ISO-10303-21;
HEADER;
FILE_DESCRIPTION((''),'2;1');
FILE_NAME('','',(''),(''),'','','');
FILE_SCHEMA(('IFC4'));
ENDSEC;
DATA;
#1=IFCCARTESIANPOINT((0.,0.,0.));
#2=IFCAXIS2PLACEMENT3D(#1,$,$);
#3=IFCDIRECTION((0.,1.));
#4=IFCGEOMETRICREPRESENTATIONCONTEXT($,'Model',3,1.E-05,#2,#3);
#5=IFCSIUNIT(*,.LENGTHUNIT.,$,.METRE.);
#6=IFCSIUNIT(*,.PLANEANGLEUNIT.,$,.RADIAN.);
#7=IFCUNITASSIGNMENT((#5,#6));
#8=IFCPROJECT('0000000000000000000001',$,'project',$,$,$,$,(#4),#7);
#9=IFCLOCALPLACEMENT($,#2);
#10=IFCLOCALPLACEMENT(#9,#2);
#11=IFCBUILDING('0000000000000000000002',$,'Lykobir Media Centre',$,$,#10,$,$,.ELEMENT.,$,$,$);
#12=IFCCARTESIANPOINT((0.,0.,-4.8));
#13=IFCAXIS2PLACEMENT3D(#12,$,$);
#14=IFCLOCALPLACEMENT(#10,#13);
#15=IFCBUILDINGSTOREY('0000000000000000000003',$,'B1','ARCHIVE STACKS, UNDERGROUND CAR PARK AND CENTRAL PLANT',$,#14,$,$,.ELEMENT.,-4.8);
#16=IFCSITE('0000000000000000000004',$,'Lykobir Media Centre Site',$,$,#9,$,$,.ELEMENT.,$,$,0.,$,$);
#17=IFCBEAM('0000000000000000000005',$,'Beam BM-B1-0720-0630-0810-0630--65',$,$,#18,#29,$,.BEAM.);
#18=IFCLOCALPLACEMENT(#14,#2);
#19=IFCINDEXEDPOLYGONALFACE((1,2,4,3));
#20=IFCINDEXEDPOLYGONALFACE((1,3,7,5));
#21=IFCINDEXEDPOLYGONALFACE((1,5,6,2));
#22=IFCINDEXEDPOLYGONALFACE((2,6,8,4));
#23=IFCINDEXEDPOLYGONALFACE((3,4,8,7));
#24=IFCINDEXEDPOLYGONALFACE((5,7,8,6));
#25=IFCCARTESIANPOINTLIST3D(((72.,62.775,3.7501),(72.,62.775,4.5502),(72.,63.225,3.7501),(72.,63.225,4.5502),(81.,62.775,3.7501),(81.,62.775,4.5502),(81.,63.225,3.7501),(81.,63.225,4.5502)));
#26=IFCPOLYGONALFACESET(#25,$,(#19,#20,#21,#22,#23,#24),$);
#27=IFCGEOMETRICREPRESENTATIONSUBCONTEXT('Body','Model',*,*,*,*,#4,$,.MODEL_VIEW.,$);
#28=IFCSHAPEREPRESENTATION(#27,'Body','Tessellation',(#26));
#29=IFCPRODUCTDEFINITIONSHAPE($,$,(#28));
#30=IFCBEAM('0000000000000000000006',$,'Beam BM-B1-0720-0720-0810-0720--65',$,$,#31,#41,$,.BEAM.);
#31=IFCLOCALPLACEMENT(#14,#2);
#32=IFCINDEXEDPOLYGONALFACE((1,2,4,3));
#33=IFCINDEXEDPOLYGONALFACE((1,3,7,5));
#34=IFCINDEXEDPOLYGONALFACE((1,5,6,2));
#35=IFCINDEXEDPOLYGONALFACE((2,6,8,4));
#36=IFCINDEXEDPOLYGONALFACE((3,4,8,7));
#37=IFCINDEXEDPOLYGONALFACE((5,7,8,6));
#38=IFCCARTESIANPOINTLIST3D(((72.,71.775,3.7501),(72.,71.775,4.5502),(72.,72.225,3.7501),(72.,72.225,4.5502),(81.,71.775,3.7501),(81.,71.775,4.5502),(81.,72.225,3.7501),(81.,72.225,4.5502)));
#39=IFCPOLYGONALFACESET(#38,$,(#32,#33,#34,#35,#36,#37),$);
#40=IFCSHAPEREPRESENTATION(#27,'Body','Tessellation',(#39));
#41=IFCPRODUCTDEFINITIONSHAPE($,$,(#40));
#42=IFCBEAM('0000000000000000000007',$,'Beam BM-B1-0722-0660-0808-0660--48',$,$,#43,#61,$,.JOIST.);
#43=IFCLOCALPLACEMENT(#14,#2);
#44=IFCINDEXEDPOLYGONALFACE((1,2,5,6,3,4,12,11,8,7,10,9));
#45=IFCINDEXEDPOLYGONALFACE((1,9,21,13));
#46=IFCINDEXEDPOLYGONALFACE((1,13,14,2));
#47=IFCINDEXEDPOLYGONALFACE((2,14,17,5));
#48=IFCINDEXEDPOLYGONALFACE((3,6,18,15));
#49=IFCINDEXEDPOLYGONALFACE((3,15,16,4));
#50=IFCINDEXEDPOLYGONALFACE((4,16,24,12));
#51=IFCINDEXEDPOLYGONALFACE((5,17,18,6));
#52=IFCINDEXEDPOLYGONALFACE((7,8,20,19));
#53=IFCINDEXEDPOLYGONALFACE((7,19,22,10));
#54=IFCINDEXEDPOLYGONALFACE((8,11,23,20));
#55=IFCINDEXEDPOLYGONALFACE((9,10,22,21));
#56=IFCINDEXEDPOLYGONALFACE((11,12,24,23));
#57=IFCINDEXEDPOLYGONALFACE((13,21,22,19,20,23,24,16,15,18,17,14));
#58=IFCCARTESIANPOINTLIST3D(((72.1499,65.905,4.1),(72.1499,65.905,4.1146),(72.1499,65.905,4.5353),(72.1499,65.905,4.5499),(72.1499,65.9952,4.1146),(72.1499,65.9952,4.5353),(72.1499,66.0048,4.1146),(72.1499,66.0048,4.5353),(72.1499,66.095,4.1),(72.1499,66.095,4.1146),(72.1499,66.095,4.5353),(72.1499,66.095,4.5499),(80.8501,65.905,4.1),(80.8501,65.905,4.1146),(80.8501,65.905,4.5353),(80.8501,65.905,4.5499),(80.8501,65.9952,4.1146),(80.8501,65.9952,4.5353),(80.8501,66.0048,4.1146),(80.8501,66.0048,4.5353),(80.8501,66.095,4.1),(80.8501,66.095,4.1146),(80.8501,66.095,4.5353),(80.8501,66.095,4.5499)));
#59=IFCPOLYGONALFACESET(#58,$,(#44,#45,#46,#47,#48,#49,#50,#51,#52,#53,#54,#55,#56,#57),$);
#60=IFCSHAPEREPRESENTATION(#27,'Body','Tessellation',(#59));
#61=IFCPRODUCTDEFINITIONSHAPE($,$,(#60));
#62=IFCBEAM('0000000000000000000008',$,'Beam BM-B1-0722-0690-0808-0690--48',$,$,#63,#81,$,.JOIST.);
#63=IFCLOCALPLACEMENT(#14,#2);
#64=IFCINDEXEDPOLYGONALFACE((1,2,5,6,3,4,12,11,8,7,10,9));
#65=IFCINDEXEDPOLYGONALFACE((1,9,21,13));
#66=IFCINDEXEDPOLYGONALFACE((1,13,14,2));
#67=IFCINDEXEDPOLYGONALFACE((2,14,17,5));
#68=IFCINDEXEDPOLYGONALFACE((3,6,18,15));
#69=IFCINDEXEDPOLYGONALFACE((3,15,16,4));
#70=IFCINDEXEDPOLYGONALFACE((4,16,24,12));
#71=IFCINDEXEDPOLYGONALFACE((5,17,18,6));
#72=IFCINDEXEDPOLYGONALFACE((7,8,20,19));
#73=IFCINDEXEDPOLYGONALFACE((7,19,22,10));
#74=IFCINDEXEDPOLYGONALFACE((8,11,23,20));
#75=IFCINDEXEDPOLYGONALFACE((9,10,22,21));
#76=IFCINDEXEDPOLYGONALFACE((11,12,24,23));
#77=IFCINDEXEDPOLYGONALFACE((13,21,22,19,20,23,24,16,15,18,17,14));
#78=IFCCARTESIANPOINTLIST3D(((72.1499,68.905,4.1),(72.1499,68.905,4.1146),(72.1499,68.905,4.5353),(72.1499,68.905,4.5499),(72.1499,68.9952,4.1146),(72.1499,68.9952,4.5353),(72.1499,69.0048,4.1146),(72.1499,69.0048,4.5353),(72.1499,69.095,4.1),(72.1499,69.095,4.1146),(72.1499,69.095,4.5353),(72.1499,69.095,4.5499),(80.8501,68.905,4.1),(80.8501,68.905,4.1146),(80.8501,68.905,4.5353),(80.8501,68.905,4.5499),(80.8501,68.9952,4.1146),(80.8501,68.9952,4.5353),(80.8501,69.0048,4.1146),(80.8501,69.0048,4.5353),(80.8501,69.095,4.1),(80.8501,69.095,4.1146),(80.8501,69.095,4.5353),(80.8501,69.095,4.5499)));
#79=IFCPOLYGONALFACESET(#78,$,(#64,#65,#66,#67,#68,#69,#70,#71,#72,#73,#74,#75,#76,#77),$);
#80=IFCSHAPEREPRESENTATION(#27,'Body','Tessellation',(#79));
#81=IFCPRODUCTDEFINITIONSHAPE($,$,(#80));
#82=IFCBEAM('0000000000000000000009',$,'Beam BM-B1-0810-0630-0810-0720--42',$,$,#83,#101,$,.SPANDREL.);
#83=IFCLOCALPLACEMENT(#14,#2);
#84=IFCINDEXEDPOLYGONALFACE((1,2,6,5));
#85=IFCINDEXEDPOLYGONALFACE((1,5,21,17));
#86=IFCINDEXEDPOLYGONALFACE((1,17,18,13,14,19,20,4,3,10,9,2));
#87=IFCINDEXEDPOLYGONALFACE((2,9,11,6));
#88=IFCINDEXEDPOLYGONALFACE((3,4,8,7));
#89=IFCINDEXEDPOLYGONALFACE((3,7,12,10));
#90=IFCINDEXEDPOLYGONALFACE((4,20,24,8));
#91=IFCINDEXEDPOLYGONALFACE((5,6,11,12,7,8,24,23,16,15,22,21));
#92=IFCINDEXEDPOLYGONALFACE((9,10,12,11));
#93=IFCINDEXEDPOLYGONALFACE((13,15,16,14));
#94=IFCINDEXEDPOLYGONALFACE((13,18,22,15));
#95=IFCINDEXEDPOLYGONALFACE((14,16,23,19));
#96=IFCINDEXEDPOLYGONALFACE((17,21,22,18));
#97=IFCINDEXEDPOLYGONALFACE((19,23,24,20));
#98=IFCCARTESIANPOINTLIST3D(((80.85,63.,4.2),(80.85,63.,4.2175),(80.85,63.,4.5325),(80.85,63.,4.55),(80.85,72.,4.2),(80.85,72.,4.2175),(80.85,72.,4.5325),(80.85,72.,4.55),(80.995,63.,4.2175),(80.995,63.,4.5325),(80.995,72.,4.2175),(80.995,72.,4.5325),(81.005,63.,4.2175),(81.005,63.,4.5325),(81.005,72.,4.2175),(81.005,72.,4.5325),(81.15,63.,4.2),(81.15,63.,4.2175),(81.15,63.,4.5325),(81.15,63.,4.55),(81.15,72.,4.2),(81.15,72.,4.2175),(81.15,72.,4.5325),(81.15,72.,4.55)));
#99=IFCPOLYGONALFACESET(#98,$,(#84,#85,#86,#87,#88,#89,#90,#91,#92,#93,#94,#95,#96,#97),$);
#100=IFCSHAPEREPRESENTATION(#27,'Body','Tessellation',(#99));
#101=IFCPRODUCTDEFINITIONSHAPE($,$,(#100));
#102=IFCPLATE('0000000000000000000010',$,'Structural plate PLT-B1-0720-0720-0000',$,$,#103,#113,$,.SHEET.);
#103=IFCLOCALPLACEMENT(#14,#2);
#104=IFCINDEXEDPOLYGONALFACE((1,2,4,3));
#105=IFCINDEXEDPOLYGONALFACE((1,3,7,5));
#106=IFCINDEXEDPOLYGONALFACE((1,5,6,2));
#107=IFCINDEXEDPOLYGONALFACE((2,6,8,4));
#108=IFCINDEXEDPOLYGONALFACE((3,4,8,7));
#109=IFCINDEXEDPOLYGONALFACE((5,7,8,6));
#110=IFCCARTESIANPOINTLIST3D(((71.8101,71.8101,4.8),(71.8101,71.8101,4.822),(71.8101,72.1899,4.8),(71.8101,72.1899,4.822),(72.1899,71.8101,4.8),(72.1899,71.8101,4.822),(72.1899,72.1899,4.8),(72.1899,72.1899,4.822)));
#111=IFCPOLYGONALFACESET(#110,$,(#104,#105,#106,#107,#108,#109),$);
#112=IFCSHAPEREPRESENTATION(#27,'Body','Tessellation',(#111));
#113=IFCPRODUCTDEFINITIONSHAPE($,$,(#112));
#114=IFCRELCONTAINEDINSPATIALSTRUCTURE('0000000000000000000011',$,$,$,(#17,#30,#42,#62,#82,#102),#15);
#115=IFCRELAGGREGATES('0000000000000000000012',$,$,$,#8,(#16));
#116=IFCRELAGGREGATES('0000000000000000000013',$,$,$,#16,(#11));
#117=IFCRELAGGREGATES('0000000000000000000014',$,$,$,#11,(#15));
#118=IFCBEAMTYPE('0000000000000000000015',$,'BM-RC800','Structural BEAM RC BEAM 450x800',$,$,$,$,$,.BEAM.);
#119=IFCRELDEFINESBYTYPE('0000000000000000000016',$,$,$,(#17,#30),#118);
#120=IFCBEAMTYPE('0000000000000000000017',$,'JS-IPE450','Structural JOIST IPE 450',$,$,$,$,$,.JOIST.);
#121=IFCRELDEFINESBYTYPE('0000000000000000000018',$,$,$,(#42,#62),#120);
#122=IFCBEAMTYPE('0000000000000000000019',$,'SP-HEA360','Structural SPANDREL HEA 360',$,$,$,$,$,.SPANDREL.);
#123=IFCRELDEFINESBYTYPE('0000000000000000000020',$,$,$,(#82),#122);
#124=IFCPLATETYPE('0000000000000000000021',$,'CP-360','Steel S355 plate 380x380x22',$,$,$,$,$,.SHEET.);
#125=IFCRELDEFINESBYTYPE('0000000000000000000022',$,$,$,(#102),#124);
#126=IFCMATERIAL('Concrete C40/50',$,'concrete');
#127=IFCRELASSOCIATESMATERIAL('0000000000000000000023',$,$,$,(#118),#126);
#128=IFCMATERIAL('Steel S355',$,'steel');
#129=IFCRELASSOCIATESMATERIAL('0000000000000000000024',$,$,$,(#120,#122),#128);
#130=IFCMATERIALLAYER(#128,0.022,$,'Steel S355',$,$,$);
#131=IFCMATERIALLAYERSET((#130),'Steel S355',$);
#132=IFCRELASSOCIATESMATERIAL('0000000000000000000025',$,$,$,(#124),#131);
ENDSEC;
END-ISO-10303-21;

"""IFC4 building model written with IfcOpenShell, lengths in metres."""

from ifc_helpers import new_model, si_unit, direction, frame, origin, origin_2d, place, context, subcontext, project, spatial, rectangle, i_section, extrude, material, layer, layer_set, material_profile, profile_set, type_object, element, save


model = new_model("IFC4")

# Units and contexts
model_context = context("Model", 3, precision=1e-05, world=origin(), true_north=direction((0.0, 1.0)))
body_context = subcontext(model_context, "Body", "Model", "MODEL_VIEW")
ifc_project = project(units=[si_unit("LENGTHUNIT", "METRE"), si_unit("PLANEANGLEUNIT", "RADIAN")], contexts=[model_context])

# Site, building, storey
site_placement = place(None, origin())
site = spatial("IfcSite", under=ifc_project, at=site_placement, Name="Lykobir Media Centre Site", CompositionType="ELEMENT", RefElevation=0.0)
building_placement = place(site_placement, origin())
building = spatial("IfcBuilding", under=site, at=building_placement, Name="Lykobir Media Centre", CompositionType="ELEMENT")
storey_placement = place(building_placement, frame((0.0, 0.0, -4.8)))
storey = spatial("IfcBuildingStorey", under=building, at=storey_placement, Name="B1", Description="ARCHIVE STACKS, UNDERGROUND CAR PARK AND CENTRAL PLANT", CompositionType="ELEMENT", Elevation=-4.8)

# Shared definitions
ifc_material_1 = material(Name="Concrete C40/50", Category="concrete")
ifc_material_2 = material(Name="Steel S355", Category="steel")

# Beams
ifc_material_profile_1 = material_profile(ifc_material_1, rectangle(XDim=0.45, YDim=0.8, at=origin_2d()), Name="RC BEAM 450x800")
ifc_profile_set_1 = profile_set([ifc_material_profile_1], Name="Concrete C40/50")
beam_type_1 = type_object("IfcBeamType", Name="BM-RC800", Description="Structural BEAM RC BEAM 450x800", PredefinedType="BEAM", material=ifc_profile_set_1)
for number, where, z_axis, x_axis, name in (
    (1, (72.0, 63.0, 4.1501), (1.0, 0.0, 0.0), (0.0, 1.0, 0.0), "Beam BM-B1-0720-0630-0810-0630--65"),
    (2, (72.0, 72.0, 4.1501), (1.0, 0.0, 0.0), (0.0, 1.0, 0.0), "Beam BM-B1-0720-0720-0810-0720--65"),
):
    element("IfcBeam", number, at=place(storey_placement, frame(where, z_axis=z_axis, x_axis=x_axis)), inside=storey, type_object=beam_type_1, Name=name, PredefinedType="BEAM", context=body_context, shape_type="SweptSolid", body=[
        extrude(rectangle(XDim=0.45, YDim=0.8, at=origin_2d()), origin(), (0.0, 0.0, 1.0), 9.0),
    ])
ifc_material_profile_2 = material_profile(ifc_material_2, i_section(OverallWidth=0.1899, OverallDepth=0.45, WebThickness=0.0095, FlangeThickness=0.0146, at=origin_2d()), Name="IPE 450")
ifc_profile_set_2 = profile_set([ifc_material_profile_2], Name="Steel S355")
beam_type_2 = type_object("IfcBeamType", Name="JS-IPE450", Description="Structural JOIST IPE 450", PredefinedType="JOIST", material=ifc_profile_set_2)
for number, where, z_axis, x_axis, name in (
    (3, (72.1499, 66.0, 4.325), (1.0, 0.0, 0.0), (0.0, 1.0, 0.0), "Beam BM-B1-0722-0660-0808-0660--48"),
    (4, (72.1499, 69.0, 4.325), (1.0, 0.0, 0.0), (0.0, 1.0, 0.0), "Beam BM-B1-0722-0690-0808-0690--48"),
):
    element("IfcBeam", number, at=place(storey_placement, frame(where, z_axis=z_axis, x_axis=x_axis)), inside=storey, type_object=beam_type_2, Name=name, PredefinedType="JOIST", context=body_context, shape_type="SweptSolid", body=[
        extrude(i_section(OverallWidth=0.1899, OverallDepth=0.45, WebThickness=0.0095, FlangeThickness=0.0146, at=origin_2d()), origin(), (0.0, 0.0, 1.0), 8.7002),
    ])
ifc_material_profile_3 = material_profile(ifc_material_2, i_section(OverallWidth=0.3, OverallDepth=0.3501, WebThickness=0.01, FlangeThickness=0.0176, at=origin_2d()), Name="HEA 360")
ifc_profile_set_3 = profile_set([ifc_material_profile_3], Name="Steel S355")
beam_type_3 = type_object("IfcBeamType", Name="SP-HEA360", Description="Structural SPANDREL HEA 360", PredefinedType="SPANDREL", material=ifc_profile_set_3)
beam_placement = place(storey_placement, frame((81.0, 63.0, 4.375), z_axis=(0.0, 1.0, 0.0), x_axis=(-1.0, 0.0, 0.0)))
element("IfcBeam", 5, at=beam_placement, inside=storey, type_object=beam_type_3, Name="Beam BM-B1-0810-0630-0810-0720--42", PredefinedType="SPANDREL", context=body_context, shape_type="SweptSolid", body=[
    extrude(i_section(OverallWidth=0.3, OverallDepth=0.3501, WebThickness=0.01, FlangeThickness=0.0176, at=origin_2d()), origin(), (0.0, 0.0, 1.0), 9.0),
])

# Plate
ifc_layer = layer(ifc_material_2, 0.022, Name="Steel S355")
ifc_layer_set = layer_set([ifc_layer], Name="Steel S355")
plate_type = type_object("IfcPlateType", Name="CP-360", Description="Steel S355 plate 380x380x22", PredefinedType="SHEET", material=ifc_layer_set)
plate_placement = place(storey_placement, frame((72.0, 72.0, 4.8), z_axis=(0.0, 0.0, 1.0), x_axis=(1.0, 0.0, 0.0)))
element("IfcPlate", 6, at=plate_placement, inside=storey, type_object=plate_type, Name="Structural plate PLT-B1-0720-0720-0000", PredefinedType="SHEET", context=body_context, shape_type="SweptSolid", body=[
    extrude(rectangle(XDim=0.3799, YDim=0.3799, at=origin_2d()), origin(), (0.0, 0.0, 1.0), 0.022),
])

save(model, "model.ifc")
